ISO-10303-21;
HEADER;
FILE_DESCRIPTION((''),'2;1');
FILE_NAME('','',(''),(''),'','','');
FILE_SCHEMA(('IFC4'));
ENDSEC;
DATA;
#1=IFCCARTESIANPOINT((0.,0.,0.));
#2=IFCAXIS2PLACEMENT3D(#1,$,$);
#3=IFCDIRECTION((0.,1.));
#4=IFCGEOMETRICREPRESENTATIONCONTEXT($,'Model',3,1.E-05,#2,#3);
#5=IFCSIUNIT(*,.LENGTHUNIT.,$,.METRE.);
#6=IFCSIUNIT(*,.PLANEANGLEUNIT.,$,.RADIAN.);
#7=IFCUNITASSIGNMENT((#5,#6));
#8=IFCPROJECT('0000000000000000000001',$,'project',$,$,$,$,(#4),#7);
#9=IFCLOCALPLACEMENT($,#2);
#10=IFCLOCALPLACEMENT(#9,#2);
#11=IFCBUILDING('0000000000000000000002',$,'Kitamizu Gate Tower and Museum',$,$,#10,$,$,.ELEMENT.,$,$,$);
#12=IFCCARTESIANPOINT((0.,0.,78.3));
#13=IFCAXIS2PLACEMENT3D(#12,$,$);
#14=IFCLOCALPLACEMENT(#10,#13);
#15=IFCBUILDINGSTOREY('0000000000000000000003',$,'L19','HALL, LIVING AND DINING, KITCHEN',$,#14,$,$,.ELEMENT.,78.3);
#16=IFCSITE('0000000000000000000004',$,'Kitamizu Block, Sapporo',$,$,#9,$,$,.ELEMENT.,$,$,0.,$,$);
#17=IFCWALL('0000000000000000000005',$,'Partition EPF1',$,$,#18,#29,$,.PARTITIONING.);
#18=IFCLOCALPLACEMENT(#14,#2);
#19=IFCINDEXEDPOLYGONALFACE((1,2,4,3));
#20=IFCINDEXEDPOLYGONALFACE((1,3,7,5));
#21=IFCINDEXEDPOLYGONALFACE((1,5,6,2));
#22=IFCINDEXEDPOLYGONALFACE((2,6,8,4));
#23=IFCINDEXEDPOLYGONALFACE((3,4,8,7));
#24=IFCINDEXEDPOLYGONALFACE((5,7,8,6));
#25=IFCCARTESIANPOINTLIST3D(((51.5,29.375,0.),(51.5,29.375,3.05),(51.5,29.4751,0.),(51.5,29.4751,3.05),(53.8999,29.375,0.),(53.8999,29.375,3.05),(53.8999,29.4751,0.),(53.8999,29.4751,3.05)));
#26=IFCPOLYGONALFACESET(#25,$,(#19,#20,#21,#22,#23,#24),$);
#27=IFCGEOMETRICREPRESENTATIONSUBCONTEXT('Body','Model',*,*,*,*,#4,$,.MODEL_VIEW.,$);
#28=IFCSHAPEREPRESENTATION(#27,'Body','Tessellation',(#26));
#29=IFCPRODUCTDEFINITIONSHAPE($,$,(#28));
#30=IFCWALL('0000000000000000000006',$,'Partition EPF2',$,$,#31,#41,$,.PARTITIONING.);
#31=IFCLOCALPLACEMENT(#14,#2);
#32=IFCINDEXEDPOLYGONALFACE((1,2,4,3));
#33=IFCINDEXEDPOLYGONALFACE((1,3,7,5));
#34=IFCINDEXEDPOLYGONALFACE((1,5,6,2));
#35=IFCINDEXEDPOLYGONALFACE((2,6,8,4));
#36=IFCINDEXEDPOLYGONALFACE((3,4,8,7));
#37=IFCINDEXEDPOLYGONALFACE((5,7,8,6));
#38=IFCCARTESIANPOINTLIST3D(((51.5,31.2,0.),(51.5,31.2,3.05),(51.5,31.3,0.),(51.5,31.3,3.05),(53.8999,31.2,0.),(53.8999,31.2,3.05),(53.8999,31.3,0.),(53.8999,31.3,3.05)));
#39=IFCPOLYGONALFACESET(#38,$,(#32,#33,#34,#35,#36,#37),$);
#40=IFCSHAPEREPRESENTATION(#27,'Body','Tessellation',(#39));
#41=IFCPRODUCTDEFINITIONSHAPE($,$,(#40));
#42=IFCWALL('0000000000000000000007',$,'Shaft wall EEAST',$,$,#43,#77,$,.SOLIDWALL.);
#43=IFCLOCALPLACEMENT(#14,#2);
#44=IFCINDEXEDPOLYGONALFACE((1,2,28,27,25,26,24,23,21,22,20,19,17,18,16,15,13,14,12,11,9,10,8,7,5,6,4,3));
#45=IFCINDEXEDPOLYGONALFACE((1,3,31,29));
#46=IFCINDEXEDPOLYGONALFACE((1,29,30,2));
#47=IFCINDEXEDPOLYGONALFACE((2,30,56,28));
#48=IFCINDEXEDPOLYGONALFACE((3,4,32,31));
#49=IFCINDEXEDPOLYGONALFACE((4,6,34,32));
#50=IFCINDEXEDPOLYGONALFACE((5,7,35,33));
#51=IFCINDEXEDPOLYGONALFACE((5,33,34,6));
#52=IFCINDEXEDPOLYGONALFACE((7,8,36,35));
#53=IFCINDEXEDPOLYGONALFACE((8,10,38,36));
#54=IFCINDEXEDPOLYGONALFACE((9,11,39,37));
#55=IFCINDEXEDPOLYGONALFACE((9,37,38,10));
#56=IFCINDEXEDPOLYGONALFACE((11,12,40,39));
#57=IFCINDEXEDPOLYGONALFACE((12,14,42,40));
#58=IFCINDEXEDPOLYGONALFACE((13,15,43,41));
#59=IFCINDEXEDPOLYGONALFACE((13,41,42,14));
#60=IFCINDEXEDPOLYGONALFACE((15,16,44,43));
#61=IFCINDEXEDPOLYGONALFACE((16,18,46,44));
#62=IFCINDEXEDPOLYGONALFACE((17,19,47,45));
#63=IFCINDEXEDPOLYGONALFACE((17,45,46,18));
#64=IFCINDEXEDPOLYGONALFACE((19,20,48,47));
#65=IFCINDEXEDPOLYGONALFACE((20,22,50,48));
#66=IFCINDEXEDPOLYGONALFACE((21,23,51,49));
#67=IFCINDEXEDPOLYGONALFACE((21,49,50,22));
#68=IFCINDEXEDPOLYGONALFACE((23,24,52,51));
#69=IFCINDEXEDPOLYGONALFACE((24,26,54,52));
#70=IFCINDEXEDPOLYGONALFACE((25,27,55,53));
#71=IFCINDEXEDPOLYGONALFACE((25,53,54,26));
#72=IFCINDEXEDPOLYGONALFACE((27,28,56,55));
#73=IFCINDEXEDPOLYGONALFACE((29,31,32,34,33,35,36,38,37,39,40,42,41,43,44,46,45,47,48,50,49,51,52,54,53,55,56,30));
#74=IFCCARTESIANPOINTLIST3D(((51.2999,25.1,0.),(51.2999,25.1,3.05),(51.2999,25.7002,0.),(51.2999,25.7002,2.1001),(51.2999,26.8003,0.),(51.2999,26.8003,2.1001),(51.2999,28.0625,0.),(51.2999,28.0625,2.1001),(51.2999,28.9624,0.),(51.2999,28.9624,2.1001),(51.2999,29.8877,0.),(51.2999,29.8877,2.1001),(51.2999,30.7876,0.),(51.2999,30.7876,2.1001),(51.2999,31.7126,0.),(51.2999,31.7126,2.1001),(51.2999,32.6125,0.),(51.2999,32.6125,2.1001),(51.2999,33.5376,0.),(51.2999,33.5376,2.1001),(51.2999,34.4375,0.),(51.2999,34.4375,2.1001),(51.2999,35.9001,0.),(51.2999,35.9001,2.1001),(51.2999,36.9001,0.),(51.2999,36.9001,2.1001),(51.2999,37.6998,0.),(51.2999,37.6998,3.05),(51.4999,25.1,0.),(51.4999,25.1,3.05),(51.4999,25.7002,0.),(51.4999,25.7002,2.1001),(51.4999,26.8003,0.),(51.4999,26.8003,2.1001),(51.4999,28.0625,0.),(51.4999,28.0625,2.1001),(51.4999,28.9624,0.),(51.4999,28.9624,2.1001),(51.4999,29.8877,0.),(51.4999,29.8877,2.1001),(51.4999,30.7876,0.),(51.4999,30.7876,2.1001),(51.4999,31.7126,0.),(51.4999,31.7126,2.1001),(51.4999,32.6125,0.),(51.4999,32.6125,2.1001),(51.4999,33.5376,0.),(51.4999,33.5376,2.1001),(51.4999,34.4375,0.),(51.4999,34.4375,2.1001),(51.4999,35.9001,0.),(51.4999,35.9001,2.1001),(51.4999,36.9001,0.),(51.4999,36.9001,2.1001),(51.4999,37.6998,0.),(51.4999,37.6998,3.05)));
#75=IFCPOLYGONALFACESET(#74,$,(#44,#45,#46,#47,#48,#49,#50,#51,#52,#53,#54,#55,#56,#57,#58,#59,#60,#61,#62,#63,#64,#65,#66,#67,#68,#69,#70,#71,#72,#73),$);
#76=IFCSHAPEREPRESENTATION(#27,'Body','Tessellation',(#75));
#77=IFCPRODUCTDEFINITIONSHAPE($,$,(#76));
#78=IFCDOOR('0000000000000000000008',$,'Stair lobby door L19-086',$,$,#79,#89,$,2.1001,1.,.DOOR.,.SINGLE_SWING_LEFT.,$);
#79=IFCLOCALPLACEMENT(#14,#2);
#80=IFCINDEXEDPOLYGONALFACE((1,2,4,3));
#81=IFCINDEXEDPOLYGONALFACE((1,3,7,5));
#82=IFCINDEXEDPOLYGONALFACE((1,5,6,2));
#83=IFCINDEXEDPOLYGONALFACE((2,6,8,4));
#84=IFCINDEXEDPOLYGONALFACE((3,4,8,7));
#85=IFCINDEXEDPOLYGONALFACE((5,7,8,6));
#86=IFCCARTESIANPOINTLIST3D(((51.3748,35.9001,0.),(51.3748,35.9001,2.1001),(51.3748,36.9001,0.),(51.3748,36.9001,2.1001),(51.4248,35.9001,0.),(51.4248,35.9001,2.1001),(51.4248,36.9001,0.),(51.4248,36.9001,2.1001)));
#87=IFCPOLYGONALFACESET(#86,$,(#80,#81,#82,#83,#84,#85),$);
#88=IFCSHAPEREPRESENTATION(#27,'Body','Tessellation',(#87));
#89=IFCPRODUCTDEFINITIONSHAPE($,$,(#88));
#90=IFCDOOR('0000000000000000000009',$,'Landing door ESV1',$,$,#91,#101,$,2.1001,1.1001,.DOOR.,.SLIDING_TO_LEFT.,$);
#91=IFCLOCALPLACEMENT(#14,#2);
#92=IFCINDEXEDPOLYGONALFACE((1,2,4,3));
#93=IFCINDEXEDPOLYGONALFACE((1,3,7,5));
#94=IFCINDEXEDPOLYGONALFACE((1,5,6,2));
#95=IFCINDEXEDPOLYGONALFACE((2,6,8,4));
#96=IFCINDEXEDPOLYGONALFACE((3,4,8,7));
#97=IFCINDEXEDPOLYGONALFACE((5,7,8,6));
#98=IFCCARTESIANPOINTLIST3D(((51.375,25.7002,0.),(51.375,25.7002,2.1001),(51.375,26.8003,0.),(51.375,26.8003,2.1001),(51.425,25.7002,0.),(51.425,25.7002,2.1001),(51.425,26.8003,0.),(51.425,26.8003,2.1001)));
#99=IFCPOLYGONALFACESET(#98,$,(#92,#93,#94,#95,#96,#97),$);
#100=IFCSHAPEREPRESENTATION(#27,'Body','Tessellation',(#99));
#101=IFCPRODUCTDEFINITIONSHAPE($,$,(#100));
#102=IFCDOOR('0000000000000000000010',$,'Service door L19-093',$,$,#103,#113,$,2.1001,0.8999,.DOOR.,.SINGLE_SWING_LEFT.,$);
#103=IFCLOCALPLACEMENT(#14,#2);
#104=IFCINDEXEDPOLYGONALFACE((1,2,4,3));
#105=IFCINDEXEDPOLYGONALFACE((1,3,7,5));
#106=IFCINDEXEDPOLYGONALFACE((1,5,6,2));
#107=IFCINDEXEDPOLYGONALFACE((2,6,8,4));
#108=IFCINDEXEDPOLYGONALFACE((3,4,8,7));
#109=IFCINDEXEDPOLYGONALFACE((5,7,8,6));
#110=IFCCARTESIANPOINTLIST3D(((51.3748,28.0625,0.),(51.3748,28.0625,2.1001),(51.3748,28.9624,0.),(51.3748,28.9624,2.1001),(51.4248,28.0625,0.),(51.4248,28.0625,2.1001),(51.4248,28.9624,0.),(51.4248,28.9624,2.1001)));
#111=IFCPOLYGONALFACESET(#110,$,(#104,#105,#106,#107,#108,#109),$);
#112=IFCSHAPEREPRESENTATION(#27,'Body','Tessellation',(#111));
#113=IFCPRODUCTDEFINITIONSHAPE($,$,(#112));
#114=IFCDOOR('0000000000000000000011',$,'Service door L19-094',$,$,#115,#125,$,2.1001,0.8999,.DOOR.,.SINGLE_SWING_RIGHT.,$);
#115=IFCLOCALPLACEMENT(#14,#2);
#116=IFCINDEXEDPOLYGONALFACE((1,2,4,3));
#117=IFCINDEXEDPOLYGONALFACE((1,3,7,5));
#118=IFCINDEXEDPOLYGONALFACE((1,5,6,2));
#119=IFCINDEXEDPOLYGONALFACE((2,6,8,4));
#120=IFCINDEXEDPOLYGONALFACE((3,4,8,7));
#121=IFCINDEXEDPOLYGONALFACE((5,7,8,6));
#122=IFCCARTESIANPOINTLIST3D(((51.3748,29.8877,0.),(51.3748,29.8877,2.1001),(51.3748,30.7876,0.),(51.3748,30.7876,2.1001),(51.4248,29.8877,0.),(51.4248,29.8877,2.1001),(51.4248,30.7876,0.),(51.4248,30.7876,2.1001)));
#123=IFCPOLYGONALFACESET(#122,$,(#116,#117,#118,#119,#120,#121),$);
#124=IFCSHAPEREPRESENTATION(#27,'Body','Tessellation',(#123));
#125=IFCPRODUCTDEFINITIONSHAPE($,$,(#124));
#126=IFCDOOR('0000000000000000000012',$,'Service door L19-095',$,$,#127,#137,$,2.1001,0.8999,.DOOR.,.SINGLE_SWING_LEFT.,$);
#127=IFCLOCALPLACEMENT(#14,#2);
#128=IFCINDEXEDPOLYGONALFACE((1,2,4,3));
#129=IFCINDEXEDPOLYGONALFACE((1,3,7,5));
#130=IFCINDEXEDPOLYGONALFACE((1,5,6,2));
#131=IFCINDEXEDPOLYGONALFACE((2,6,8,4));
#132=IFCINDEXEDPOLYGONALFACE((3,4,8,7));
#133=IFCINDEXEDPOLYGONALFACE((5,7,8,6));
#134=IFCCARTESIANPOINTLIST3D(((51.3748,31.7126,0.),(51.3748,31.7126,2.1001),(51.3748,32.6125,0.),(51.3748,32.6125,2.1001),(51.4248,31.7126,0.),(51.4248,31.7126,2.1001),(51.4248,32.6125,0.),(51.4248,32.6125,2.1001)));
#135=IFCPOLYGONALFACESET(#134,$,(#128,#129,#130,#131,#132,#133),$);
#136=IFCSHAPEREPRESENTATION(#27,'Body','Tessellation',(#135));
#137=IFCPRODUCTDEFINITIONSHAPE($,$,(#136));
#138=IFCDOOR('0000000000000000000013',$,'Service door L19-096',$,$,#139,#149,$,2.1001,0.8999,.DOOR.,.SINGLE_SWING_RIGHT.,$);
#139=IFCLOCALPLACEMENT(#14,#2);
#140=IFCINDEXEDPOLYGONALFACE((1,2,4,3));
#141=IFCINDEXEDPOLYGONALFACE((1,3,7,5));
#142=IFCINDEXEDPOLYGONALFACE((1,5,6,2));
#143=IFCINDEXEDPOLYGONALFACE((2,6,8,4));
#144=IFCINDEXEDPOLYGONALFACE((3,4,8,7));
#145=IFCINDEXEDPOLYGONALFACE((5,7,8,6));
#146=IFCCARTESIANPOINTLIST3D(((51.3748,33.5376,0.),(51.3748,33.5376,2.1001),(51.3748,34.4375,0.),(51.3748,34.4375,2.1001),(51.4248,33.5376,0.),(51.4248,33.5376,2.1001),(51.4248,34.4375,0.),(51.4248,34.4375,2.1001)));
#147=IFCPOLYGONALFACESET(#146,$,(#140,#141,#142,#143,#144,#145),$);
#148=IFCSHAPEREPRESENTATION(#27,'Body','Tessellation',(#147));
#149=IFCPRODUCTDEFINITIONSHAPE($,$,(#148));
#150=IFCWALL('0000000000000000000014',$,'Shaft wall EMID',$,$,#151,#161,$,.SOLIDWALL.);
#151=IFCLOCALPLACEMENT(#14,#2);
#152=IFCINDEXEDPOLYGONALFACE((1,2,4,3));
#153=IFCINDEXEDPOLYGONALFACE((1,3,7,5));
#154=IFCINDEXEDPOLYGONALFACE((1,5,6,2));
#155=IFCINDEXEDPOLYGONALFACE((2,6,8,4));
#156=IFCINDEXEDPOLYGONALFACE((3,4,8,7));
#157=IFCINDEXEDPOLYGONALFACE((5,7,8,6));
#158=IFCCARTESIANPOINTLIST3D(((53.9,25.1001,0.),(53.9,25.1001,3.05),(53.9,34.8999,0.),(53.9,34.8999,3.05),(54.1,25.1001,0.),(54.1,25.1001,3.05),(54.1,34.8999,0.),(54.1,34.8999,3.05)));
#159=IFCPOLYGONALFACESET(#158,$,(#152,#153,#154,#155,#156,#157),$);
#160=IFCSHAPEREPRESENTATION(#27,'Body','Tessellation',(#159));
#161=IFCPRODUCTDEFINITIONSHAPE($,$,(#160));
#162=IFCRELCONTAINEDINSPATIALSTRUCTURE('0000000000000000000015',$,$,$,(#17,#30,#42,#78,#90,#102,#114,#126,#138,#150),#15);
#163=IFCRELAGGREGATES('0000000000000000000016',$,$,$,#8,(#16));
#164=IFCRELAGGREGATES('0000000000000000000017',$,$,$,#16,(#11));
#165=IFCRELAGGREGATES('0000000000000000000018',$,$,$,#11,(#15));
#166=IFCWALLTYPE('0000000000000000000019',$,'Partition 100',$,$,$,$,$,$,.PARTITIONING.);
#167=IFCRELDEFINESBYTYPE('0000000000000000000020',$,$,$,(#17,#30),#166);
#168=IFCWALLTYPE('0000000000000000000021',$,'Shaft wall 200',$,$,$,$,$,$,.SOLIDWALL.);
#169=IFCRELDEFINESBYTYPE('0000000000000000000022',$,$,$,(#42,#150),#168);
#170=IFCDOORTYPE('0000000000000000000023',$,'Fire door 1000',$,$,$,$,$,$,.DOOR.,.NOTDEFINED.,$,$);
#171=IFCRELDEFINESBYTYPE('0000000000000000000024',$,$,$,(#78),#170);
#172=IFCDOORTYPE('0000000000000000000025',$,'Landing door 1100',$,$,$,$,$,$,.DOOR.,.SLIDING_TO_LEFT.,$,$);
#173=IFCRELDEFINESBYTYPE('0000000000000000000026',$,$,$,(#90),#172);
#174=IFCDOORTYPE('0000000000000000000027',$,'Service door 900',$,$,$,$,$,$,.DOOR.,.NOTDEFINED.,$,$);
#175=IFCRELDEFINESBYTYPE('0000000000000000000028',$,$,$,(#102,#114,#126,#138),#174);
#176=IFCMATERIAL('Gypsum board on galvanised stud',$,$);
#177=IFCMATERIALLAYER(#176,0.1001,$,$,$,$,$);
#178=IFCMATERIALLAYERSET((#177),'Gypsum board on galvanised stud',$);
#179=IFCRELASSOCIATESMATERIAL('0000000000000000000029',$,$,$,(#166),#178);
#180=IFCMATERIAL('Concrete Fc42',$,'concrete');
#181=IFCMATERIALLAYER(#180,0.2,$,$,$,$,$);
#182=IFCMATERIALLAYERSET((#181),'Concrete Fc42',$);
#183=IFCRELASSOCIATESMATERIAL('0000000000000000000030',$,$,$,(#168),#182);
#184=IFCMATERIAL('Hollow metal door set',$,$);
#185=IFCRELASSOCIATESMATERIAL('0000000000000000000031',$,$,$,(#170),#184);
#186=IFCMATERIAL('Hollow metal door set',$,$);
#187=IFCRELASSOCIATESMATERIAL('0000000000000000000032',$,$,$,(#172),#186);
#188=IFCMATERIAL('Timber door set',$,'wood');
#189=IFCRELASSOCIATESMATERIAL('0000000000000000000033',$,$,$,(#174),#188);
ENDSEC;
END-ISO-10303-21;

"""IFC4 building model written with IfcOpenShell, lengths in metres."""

from ifc_helpers import new_model, si_unit, direction, frame, frame_2d, origin, place, context, subcontext, project, spatial, rectangle, extrude, material, layer, layer_set, type_object, element, fill, save


model = new_model("IFC4")

# Units and contexts
model_context = context("Model", 3, precision=1e-05, world=origin(), true_north=direction((0.0, 1.0)))
body_context = subcontext(model_context, "Body", "Model", "MODEL_VIEW")
ifc_project = project(units=[si_unit("LENGTHUNIT", "METRE"), si_unit("PLANEANGLEUNIT", "RADIAN")], contexts=[model_context])

# Site, building, storey
site_placement = place(None, origin())
site = spatial("IfcSite", under=ifc_project, at=site_placement, Name="Kitamizu Block, Sapporo", CompositionType="ELEMENT", RefElevation=0.0)
building_placement = place(site_placement, origin())
building = spatial("IfcBuilding", under=site, at=building_placement, Name="Kitamizu Gate Tower and Museum", CompositionType="ELEMENT")
storey_placement = place(building_placement, frame((0.0, 0.0, 78.3)))
storey = spatial("IfcBuildingStorey", under=building, at=storey_placement, Name="L19", Description="HALL, LIVING AND DINING, KITCHEN", CompositionType="ELEMENT", Elevation=78.3)

# Walls
ifc_material_1 = material(Name="Gypsum board on galvanised stud")
ifc_layer_1 = layer(ifc_material_1, 0.1001)
ifc_layer_set_1 = layer_set([ifc_layer_1], Name="Gypsum board on galvanised stud")
wall_type_1 = type_object("IfcWallType", Name="Partition 100", PredefinedType="PARTITIONING", material=ifc_layer_set_1)
for number, where, z_axis, x_axis, name in (
    (1, (53.8999, 29.425, 0.0), (0.0, 0.0, 1.0), (-1.0, 0.0, 0.0), "Partition EPF1"),
    (2, (53.8999, 31.25, 0.0), (0.0, 0.0, 1.0), (-1.0, 0.0, 0.0), "Partition EPF2"),
):
    element("IfcWall", number, at=place(storey_placement, frame(where, z_axis=z_axis, x_axis=x_axis)), inside=storey, type_object=wall_type_1, Name=name, PredefinedType="PARTITIONING", context=body_context, shape_type="SweptSolid", body=[
        extrude(rectangle(XDim=2.3999, YDim=0.1001, at=frame_2d((1.2, 0.0))), origin(), (0.0, 0.0, 1.0), 3.05),
    ])

# Wall, openings, doors
ifc_material_2 = material(Name="Concrete Fc42", Category="concrete")
ifc_layer_2 = layer(ifc_material_2, 0.2)
ifc_layer_set_2 = layer_set([ifc_layer_2], Name="Concrete Fc42")
wall_type_2 = type_object("IfcWallType", Name="Shaft wall 200", PredefinedType="SOLIDWALL", material=ifc_layer_set_2)
wall_1_placement = place(storey_placement, frame((51.3999, 25.1001, 0.0), z_axis=(0.0, 0.0, 1.0), x_axis=(0.0, 1.0, 0.0)))
wall_1 = element("IfcWall", 3, at=wall_1_placement, inside=storey, type_object=wall_type_2, Name="Shaft wall EEAST", PredefinedType="SOLIDWALL", context=body_context, shape_type="SweptSolid", body=[
    extrude(rectangle(XDim=12.5999, YDim=0.2, at=frame_2d((6.2998, 0.0))), origin(), (0.0, 0.0, 1.0), 3.05),
])
opening_1_placement = place(wall_1_placement, frame((0.6001, 0.0, 0.0)))
opening_1 = element("IfcOpeningElement", 4, at=opening_1_placement, cuts=wall_1, PredefinedType="OPENING", context=body_context, shape_type="SweptSolid", body=[
    extrude(rectangle(XDim=1.1001, YDim=2.1001, at=frame_2d((0.55, 1.05))), frame((0.0, 0.1099, 0.0), z_axis=(0.0, -1.0, 0.0), x_axis=(1.0, 0.0, 0.0)), (0.0, 0.0, 1.0), 0.22),
])
opening_2_placement = place(wall_1_placement, frame((10.8, 0.0, 0.0)))
opening_2 = element("IfcOpeningElement", 5, at=opening_2_placement, cuts=wall_1, PredefinedType="OPENING", context=body_context, shape_type="SweptSolid", body=[
    extrude(rectangle(XDim=1.0, YDim=2.1001, at=frame_2d((0.5, 1.05))), frame((0.0, 0.1099, 0.0), z_axis=(0.0, -1.0, 0.0), x_axis=(1.0, 0.0, 0.0)), (0.0, 0.0, 1.0), 0.22),
])
opening_3_placement = place(wall_1_placement, frame((2.9624, 0.0, 0.0)))
opening_3 = element("IfcOpeningElement", 6, at=opening_3_placement, cuts=wall_1, PredefinedType="OPENING", context=body_context, shape_type="SweptSolid", body=[
    extrude(rectangle(XDim=0.8999, YDim=2.1001, at=frame_2d((0.45, 1.05))), frame((0.0, 0.1099, 0.0), z_axis=(0.0, -1.0, 0.0), x_axis=(1.0, 0.0, 0.0)), (0.0, 0.0, 1.0), 0.22),
])
opening_4_placement = place(wall_1_placement, frame((4.7876, 0.0, 0.0)))
opening_4 = element("IfcOpeningElement", 7, at=opening_4_placement, cuts=wall_1, PredefinedType="OPENING", context=body_context, shape_type="SweptSolid", body=[
    extrude(rectangle(XDim=0.8999, YDim=2.1001, at=frame_2d((0.45, 1.05))), frame((0.0, 0.1099, 0.0), z_axis=(0.0, -1.0, 0.0), x_axis=(1.0, 0.0, 0.0)), (0.0, 0.0, 1.0), 0.22),
])
opening_5_placement = place(wall_1_placement, frame((6.6125, 0.0, 0.0)))
opening_5 = element("IfcOpeningElement", 8, at=opening_5_placement, cuts=wall_1, PredefinedType="OPENING", context=body_context, shape_type="SweptSolid", body=[
    extrude(rectangle(XDim=0.8999, YDim=2.1001, at=frame_2d((0.45, 1.05))), frame((0.0, 0.1099, 0.0), z_axis=(0.0, -1.0, 0.0), x_axis=(1.0, 0.0, 0.0)), (0.0, 0.0, 1.0), 0.22),
])
opening_6_placement = place(wall_1_placement, frame((8.4375, 0.0, 0.0)))
opening_6 = element("IfcOpeningElement", 9, at=opening_6_placement, cuts=wall_1, PredefinedType="OPENING", context=body_context, shape_type="SweptSolid", body=[
    extrude(rectangle(XDim=0.8999, YDim=2.1001, at=frame_2d((0.45, 1.05))), frame((0.0, 0.1099, 0.0), z_axis=(0.0, -1.0, 0.0), x_axis=(1.0, 0.0, 0.0)), (0.0, 0.0, 1.0), 0.22),
])
ifc_material_3 = material(Name="Hollow metal door set")
door_type_1 = type_object("IfcDoorType", Name="Fire door 1000", OperationType="NOTDEFINED", PredefinedType="DOOR", material=ifc_material_3)
door_1_placement = place(opening_2_placement, frame((1.0, 0.0, 0.0), x_axis=(-1.0, 0.0, 0.0)))
door_1 = element("IfcDoor", 10, at=door_1_placement, inside=storey, type_object=door_type_1, Name="Stair lobby door L19-086", OperationType="SINGLE_SWING_LEFT", OverallHeight=2.1001, OverallWidth=1.0, PredefinedType="DOOR", context=body_context, shape_type="SweptSolid", body=[
    extrude(rectangle(XDim=1.0, YDim=2.1001, at=frame_2d((0.5, 1.05))), frame((0.0, 0.0249, 0.0), z_axis=(0.0, -1.0, 0.0), x_axis=(1.0, 0.0, 0.0)), (0.0, 0.0, 1.0), 0.05),
])
fill(opening_2, door_1)
ifc_material_4 = material(Name="Hollow metal door set")
door_type_2 = type_object("IfcDoorType", Name="Landing door 1100", OperationType="SLIDING_TO_LEFT", PredefinedType="DOOR", material=ifc_material_4)
door_2_placement = place(opening_1_placement, origin())
door_2 = element("IfcDoor", 11, at=door_2_placement, inside=storey, type_object=door_type_2, Name="Landing door ESV1", OperationType="SLIDING_TO_LEFT", OverallHeight=2.1001, OverallWidth=1.1001, PredefinedType="DOOR", context=body_context, shape_type="SweptSolid", body=[
    extrude(rectangle(XDim=1.1001, YDim=2.1001, at=frame_2d((0.55, 1.05))), frame((0.0, 0.0249, 0.0), z_axis=(0.0, -1.0, 0.0), x_axis=(1.0, 0.0, 0.0)), (0.0, 0.0, 1.0), 0.05),
])
fill(opening_1, door_2)
ifc_material_5 = material(Name="Timber door set", Category="wood")
door_type_3 = type_object("IfcDoorType", Name="Service door 900", OperationType="NOTDEFINED", PredefinedType="DOOR", material=ifc_material_5)
door_3_placement = place(opening_3_placement, frame((0.8999, 0.0, 0.0), x_axis=(-1.0, 0.0, 0.0)))
door_3 = element("IfcDoor", 12, at=door_3_placement, inside=storey, type_object=door_type_3, Name="Service door L19-093", OperationType="SINGLE_SWING_LEFT", OverallHeight=2.1001, OverallWidth=0.8999, PredefinedType="DOOR", context=body_context, shape_type="SweptSolid", body=[
    extrude(rectangle(XDim=0.8999, YDim=2.1001, at=frame_2d((0.45, 1.05))), frame((0.0, 0.0249, 0.0), z_axis=(0.0, -1.0, 0.0), x_axis=(1.0, 0.0, 0.0)), (0.0, 0.0, 1.0), 0.05),
])
fill(opening_3, door_3)
door_4_placement = place(opening_4_placement, frame((0.8999, 0.0, 0.0), x_axis=(-1.0, 0.0, 0.0)))
door_4 = element("IfcDoor", 13, at=door_4_placement, inside=storey, type_object=door_type_3, Name="Service door L19-094", OperationType="SINGLE_SWING_RIGHT", OverallHeight=2.1001, OverallWidth=0.8999, PredefinedType="DOOR", context=body_context, shape_type="SweptSolid", body=[
    extrude(rectangle(XDim=0.8999, YDim=2.1001, at=frame_2d((0.45, 1.05))), frame((0.0, 0.0249, 0.0), z_axis=(0.0, -1.0, 0.0), x_axis=(1.0, 0.0, 0.0)), (0.0, 0.0, 1.0), 0.05),
])
fill(opening_4, door_4)
door_5_placement = place(opening_5_placement, frame((0.8999, 0.0, 0.0), x_axis=(-1.0, 0.0, 0.0)))
door_5 = element("IfcDoor", 14, at=door_5_placement, inside=storey, type_object=door_type_3, Name="Service door L19-095", OperationType="SINGLE_SWING_LEFT", OverallHeight=2.1001, OverallWidth=0.8999, PredefinedType="DOOR", context=body_context, shape_type="SweptSolid", body=[
    extrude(rectangle(XDim=0.8999, YDim=2.1001, at=frame_2d((0.45, 1.05))), frame((0.0, 0.0249, 0.0), z_axis=(0.0, -1.0, 0.0), x_axis=(1.0, 0.0, 0.0)), (0.0, 0.0, 1.0), 0.05),
])
fill(opening_5, door_5)
door_6_placement = place(opening_6_placement, frame((0.8999, 0.0, 0.0), x_axis=(-1.0, 0.0, 0.0)))
door_6 = element("IfcDoor", 15, at=door_6_placement, inside=storey, type_object=door_type_3, Name="Service door L19-096", OperationType="SINGLE_SWING_RIGHT", OverallHeight=2.1001, OverallWidth=0.8999, PredefinedType="DOOR", context=body_context, shape_type="SweptSolid", body=[
    extrude(rectangle(XDim=0.8999, YDim=2.1001, at=frame_2d((0.45, 1.05))), frame((0.0, 0.0249, 0.0), z_axis=(0.0, -1.0, 0.0), x_axis=(1.0, 0.0, 0.0)), (0.0, 0.0, 1.0), 0.05),
])
fill(opening_6, door_6)

# Wall
wall_2_placement = place(storey_placement, frame((54.0, 25.1001, 0.0), z_axis=(0.0, 0.0, 1.0), x_axis=(0.0, 1.0, 0.0)))
element("IfcWall", 16, at=wall_2_placement, inside=storey, type_object=wall_type_2, Name="Shaft wall EMID", PredefinedType="SOLIDWALL", context=body_context, shape_type="SweptSolid", body=[
    extrude(rectangle(XDim=9.7998, YDim=0.2, at=frame_2d((4.8999, 0.0))), origin(), (0.0, 0.0, 1.0), 3.05),
])

save(model, "model.ifc")
